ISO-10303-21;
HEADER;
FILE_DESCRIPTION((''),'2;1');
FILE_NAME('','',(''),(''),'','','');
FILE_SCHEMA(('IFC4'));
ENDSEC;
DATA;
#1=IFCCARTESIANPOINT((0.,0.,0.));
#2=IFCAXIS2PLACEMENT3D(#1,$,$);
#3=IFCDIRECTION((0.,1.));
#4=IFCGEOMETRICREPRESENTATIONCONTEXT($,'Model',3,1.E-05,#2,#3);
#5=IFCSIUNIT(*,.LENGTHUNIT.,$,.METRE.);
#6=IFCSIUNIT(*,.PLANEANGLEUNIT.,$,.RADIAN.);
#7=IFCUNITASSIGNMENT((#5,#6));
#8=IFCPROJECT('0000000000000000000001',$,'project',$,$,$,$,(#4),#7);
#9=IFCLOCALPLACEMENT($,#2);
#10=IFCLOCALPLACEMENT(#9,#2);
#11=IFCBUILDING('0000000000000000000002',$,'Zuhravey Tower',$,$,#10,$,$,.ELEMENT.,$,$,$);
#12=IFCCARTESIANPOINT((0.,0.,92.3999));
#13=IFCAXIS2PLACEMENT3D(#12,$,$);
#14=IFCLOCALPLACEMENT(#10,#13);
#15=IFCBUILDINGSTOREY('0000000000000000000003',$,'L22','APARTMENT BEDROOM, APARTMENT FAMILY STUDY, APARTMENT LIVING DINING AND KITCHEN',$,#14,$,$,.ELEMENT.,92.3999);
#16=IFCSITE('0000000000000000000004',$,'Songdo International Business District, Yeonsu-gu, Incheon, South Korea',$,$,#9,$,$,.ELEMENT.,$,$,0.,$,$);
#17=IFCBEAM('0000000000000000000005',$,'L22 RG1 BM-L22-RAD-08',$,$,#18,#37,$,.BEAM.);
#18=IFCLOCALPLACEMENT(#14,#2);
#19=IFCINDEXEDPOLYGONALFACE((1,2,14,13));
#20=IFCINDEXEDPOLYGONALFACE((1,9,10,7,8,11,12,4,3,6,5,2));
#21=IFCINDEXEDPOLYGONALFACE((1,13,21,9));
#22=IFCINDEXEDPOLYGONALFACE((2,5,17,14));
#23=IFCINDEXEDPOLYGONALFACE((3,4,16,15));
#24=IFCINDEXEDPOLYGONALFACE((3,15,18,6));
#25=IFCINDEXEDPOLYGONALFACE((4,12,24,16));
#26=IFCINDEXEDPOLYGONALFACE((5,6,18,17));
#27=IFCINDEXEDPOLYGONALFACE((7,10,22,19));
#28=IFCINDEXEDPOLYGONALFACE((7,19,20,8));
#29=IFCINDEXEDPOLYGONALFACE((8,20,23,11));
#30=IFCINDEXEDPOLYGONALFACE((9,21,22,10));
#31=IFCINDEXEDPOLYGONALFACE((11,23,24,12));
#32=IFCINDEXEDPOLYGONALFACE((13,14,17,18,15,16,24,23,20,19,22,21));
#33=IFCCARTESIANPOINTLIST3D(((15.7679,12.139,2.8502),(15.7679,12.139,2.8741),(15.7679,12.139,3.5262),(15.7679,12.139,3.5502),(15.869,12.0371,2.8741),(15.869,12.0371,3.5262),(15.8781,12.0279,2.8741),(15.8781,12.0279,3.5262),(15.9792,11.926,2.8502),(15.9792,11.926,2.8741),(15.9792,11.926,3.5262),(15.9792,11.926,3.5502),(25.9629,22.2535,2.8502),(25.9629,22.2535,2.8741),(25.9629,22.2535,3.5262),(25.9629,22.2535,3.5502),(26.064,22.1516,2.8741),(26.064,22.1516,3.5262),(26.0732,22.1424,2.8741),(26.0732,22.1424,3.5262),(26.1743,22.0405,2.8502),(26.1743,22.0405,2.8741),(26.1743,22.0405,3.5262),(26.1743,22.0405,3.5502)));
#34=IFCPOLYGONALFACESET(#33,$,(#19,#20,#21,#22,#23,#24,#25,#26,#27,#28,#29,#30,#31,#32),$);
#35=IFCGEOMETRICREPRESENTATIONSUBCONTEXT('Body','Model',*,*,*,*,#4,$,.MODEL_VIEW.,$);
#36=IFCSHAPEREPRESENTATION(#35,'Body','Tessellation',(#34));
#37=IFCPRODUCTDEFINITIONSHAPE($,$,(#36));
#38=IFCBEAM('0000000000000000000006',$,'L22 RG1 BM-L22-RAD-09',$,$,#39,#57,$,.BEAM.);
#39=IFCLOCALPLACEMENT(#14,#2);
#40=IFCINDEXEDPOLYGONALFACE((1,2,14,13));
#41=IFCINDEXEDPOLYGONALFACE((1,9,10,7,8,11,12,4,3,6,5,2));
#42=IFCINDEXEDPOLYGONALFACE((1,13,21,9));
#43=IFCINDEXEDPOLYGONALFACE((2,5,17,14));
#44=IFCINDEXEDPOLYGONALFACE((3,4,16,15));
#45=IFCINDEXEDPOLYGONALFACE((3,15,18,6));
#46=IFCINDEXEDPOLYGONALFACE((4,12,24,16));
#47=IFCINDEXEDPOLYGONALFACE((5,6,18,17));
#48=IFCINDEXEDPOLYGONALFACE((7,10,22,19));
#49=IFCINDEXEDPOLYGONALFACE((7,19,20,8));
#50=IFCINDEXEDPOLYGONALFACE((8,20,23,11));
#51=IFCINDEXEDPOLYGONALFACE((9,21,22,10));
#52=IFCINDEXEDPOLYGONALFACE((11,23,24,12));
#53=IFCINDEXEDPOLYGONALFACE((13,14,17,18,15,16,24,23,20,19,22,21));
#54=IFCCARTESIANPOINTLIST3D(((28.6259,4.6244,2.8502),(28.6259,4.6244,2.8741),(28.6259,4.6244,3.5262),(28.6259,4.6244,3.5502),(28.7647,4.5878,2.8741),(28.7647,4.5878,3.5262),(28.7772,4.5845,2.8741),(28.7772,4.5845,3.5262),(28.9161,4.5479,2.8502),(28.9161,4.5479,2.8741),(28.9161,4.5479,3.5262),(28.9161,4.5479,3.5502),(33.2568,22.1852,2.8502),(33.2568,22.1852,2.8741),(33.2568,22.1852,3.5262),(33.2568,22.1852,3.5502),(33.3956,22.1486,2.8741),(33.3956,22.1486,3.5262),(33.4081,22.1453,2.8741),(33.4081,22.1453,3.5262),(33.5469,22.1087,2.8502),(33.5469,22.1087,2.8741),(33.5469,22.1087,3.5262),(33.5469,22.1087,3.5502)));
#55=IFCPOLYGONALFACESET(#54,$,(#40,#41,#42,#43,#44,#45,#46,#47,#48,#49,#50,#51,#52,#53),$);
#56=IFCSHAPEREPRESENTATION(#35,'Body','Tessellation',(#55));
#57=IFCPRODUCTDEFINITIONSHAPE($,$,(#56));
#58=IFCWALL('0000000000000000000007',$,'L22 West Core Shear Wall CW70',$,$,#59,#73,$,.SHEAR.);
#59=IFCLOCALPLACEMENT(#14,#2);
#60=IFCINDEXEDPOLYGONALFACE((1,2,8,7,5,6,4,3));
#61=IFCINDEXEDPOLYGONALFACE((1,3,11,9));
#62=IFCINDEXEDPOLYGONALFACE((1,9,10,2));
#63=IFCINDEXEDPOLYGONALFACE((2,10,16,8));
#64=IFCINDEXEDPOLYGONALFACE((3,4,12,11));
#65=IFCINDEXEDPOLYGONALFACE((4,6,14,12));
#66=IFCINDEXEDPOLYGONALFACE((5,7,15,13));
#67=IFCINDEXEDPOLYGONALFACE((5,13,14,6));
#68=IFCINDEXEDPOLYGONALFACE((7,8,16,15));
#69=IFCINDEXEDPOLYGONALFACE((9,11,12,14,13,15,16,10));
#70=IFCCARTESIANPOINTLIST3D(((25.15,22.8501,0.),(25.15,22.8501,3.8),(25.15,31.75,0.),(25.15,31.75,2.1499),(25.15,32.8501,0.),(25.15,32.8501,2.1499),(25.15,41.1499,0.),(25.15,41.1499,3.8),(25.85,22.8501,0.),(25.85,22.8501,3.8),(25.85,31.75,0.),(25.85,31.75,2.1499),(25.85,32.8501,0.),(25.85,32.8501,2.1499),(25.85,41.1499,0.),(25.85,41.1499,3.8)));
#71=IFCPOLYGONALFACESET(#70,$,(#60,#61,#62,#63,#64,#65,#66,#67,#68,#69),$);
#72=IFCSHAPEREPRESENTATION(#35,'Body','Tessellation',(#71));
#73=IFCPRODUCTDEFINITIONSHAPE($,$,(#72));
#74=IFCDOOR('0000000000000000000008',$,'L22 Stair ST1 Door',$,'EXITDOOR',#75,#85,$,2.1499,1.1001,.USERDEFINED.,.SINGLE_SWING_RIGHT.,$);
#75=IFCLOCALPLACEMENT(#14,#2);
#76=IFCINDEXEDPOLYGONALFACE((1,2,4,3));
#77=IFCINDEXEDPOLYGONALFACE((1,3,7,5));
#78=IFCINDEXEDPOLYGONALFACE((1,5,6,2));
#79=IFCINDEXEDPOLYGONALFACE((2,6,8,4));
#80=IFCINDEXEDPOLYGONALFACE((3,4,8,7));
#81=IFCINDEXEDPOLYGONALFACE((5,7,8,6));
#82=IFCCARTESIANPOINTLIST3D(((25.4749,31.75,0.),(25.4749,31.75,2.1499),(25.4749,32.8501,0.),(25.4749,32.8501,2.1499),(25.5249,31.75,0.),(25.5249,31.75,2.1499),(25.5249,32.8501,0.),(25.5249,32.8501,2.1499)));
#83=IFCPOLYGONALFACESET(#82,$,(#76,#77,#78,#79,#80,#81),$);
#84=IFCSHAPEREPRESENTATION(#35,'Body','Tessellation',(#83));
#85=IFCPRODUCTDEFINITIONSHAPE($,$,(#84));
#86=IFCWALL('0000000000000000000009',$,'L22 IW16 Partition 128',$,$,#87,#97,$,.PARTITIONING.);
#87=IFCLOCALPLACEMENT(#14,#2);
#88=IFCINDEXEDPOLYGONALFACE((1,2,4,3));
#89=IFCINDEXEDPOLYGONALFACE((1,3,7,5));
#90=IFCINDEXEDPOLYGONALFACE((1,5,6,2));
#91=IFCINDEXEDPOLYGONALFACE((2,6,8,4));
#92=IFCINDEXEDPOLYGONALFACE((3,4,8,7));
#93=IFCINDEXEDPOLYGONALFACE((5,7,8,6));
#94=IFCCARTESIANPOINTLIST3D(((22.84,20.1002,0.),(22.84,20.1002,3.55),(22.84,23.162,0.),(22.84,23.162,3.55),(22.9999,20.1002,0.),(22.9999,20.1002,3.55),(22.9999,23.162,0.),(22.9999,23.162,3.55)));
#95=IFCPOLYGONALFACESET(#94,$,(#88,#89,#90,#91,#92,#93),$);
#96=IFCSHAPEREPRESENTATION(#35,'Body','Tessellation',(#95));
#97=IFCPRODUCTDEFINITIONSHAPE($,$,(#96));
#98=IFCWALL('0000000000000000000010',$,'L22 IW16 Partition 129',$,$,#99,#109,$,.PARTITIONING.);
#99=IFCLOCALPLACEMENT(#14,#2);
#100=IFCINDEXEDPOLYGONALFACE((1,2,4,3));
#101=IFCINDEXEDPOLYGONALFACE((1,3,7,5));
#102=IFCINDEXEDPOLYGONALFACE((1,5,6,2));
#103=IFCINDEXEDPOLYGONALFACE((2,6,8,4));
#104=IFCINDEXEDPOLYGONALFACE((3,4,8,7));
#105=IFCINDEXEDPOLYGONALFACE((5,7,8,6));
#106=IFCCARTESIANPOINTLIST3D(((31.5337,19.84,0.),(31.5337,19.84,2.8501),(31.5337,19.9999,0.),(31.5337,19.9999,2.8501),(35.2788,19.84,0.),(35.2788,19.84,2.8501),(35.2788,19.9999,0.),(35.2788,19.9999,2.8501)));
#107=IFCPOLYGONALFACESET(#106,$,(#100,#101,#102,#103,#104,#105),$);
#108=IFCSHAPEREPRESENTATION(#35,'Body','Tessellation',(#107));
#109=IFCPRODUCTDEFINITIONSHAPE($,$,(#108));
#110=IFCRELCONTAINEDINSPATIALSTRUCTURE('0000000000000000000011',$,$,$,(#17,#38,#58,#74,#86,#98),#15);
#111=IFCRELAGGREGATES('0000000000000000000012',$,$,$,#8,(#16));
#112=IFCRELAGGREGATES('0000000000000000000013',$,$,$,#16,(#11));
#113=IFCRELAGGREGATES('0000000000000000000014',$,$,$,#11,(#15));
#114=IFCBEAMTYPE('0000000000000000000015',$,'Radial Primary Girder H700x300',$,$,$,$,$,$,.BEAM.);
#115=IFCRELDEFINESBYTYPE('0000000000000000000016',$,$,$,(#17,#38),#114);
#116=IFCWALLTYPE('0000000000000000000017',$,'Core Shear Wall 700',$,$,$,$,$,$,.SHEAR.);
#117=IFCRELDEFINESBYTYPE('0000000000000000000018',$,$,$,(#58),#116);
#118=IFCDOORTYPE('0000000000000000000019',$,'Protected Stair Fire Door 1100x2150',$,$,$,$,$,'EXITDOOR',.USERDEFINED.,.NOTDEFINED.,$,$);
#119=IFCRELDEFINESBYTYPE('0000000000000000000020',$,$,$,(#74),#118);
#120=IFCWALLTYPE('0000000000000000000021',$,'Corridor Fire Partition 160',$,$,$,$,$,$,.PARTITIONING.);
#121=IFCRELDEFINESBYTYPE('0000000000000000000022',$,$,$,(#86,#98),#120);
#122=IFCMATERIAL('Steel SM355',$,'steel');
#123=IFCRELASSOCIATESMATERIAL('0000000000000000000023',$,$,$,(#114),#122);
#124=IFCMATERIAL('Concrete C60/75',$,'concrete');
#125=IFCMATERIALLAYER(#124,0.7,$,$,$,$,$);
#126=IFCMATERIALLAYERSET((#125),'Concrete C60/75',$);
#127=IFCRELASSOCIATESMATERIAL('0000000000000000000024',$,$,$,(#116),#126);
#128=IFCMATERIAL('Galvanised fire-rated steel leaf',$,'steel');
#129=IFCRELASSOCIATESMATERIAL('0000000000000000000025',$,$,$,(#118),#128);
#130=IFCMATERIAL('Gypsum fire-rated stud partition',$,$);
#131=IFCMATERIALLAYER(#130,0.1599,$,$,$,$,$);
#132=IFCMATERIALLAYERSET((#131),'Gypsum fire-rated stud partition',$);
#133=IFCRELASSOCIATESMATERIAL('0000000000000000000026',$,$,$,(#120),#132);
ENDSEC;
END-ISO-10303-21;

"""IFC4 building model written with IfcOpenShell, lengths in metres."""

from ifc_helpers import new_model, si_unit, direction, frame, frame_2d, origin, origin_2d, place, context, subcontext, project, spatial, rectangle, i_section, extrude, material, layer, layer_set, material_profile, profile_set, type_object, element, fill, save


model = new_model("IFC4")

# Units and contexts
model_context = context("Model", 3, precision=1e-05, world=origin(), true_north=direction((0.0, 1.0)))
body_context = subcontext(model_context, "Body", "Model", "MODEL_VIEW")
ifc_project = project(units=[si_unit("LENGTHUNIT", "METRE"), si_unit("PLANEANGLEUNIT", "RADIAN")], contexts=[model_context])

# Site, building, storey
site_placement = place(None, origin())
site = spatial("IfcSite", under=ifc_project, at=site_placement, Name="Songdo International Business District, Yeonsu-gu, Incheon, South Korea", CompositionType="ELEMENT", RefElevation=0.0)
building_placement = place(site_placement, origin())
building = spatial("IfcBuilding", under=site, at=building_placement, Name="Zuhravey Tower", CompositionType="ELEMENT")
storey_placement = place(building_placement, frame((0.0, 0.0, 92.3999)))
storey = spatial("IfcBuildingStorey", under=building, at=storey_placement, Name="L22", Description="APARTMENT BEDROOM, APARTMENT FAMILY STUDY, APARTMENT LIVING DINING AND KITCHEN", CompositionType="ELEMENT", Elevation=92.3999)

# Beams
ifc_material_1 = material(Name="Steel SM355", Category="steel")
ifc_material_profile = material_profile(ifc_material_1, i_section(OverallWidth=0.3, OverallDepth=0.7, WebThickness=0.0129, FlangeThickness=0.0239, at=origin_2d()), Name="H-700x300x13x24")
ifc_profile_set = profile_set([ifc_material_profile], Name="Steel SM355")
beam_type = type_object("IfcBeamType", Name="Radial Primary Girder H700x300", PredefinedType="BEAM", material=ifc_profile_set)
beam_1_placement = place(storey_placement, frame((26.0686, 22.147, 3.2002), z_axis=(-0.709906, -0.704296, 0.0), x_axis=(0.704296, -0.709906, 0.0)))
element("IfcBeam", 1, at=beam_1_placement, inside=storey, type_object=beam_type, Name="L22 RG1 BM-L22-RAD-08", PredefinedType="BEAM", context=body_context, shape_type="SweptSolid", body=[
    extrude(i_section(OverallWidth=0.3, OverallDepth=0.7, WebThickness=0.0129, FlangeThickness=0.0239, at=origin_2d()), origin(), (0.0, 0.0, 1.0), 14.3611),
])
beam_2_placement = place(storey_placement, frame((33.4019, 22.147, 3.2002), z_axis=(-0.254988, -0.966944, 0.0), x_axis=(0.966944, -0.254988, 0.0)))
element("IfcBeam", 2, at=beam_2_placement, inside=storey, type_object=beam_type, Name="L22 RG1 BM-L22-RAD-09", PredefinedType="BEAM", context=body_context, shape_type="SweptSolid", body=[
    extrude(i_section(OverallWidth=0.3, OverallDepth=0.7, WebThickness=0.0129, FlangeThickness=0.0239, at=origin_2d()), origin(), (0.0, 0.0, 1.0), 18.1611),
])

# Wall, opening, door
ifc_material_2 = material(Name="Concrete C60/75", Category="concrete")
ifc_layer_1 = layer(ifc_material_2, 0.7)
ifc_layer_set_1 = layer_set([ifc_layer_1], Name="Concrete C60/75")
wall_type_1 = type_object("IfcWallType", Name="Core Shear Wall 700", PredefinedType="SHEAR", material=ifc_layer_set_1)
ifc_material_3 = material(Name="Galvanised fire-rated steel leaf", Category="steel")
wall_1_placement = place(storey_placement, frame((25.5, 22.8501, 0.0), z_axis=(0.0, 0.0, 1.0), x_axis=(0.0, 1.0, 0.0)))
wall_1 = element("IfcWall", 3, at=wall_1_placement, inside=storey, type_object=wall_type_1, Name="L22 West Core Shear Wall CW70", PredefinedType="SHEAR", context=body_context, shape_type="SweptSolid", body=[
    extrude(rectangle(XDim=18.2998, YDim=0.7, at=frame_2d((9.1499, 0.0))), origin(), (0.0, 0.0, 1.0), 3.8),
])
opening_1_placement = place(wall_1_placement, frame((8.8999, 0.0, 0.0)))
opening_1 = element("IfcOpeningElement", 4, at=opening_1_placement, cuts=wall_1, PredefinedType="OPENING", context=body_context, shape_type="SweptSolid", body=[
    extrude(rectangle(XDim=1.1001, YDim=2.1499, at=frame_2d((0.55, 1.075))), frame((0.0, 0.3621, 0.0), z_axis=(0.0, -1.0, 0.0), x_axis=(1.0, 0.0, 0.0)), (0.0, 0.0, 1.0), 0.7239),
])
door_type_1 = type_object("IfcDoorType", Name="Protected Stair Fire Door 1100x2150", ElementType="EXITDOOR", OperationType="NOTDEFINED", PredefinedType="USERDEFINED", material=ifc_material_3)
door_1_placement = place(opening_1_placement, frame((1.1001, 0.0, 0.0), z_axis=(0.0, 0.0, 1.0), x_axis=(-1.0, 0.0, 0.0)))
door_1 = element("IfcDoor", 5, at=door_1_placement, inside=storey, type_object=door_type_1, Name="L22 Stair ST1 Door", ObjectType="EXITDOOR", OperationType="SINGLE_SWING_RIGHT", OverallHeight=2.1499, OverallWidth=1.1001, PredefinedType="USERDEFINED", context=body_context, shape_type="SweptSolid", body=[
    extrude(rectangle(XDim=1.1001, YDim=2.1499, at=frame_2d((0.55, 1.075))), frame((0.0, 0.0249, 0.0), z_axis=(0.0, -1.0, 0.0), x_axis=(1.0, 0.0, 0.0)), (0.0, 0.0, 1.0), 0.05),
])
fill(opening_1, door_1)
ifc_material_4 = material(Name="Gypsum fire-rated stud partition")
ifc_layer_2 = layer(ifc_material_4, 0.1599)
ifc_layer_set_2 = layer_set([ifc_layer_2], Name="Gypsum fire-rated stud partition")
wall_type_2 = type_object("IfcWallType", Name="Corridor Fire Partition 160", PredefinedType="PARTITIONING", material=ifc_layer_set_2)

# Walls
wall_2_placement = place(storey_placement, frame((22.9199, 23.1619, 0.0), z_axis=(0.0, 0.0, 1.0), x_axis=(0.0, -1.0, 0.0)))
element("IfcWall", 6, at=wall_2_placement, inside=storey, type_object=wall_type_2, Name="L22 IW16 Partition 128", PredefinedType="PARTITIONING", context=body_context, shape_type="SweptSolid", body=[
    extrude(rectangle(XDim=3.0618, YDim=0.1599, at=frame_2d((1.5308, 0.0))), origin(), (0.0, 0.0, 1.0), 3.55),
])
wall_3_placement = place(storey_placement, frame((31.5337, 19.9199, 0.0), z_axis=(0.0, 0.0, 1.0), x_axis=(1.0, 0.0, 0.0)))
element("IfcWall", 7, at=wall_3_placement, inside=storey, type_object=wall_type_2, Name="L22 IW16 Partition 129", PredefinedType="PARTITIONING", context=body_context, shape_type="SweptSolid", body=[
    extrude(rectangle(XDim=3.7451, YDim=0.1599, at=frame_2d((1.8726, 0.0))), origin(), (0.0, 0.0, 1.0), 2.8501),
])

save(model, "model.ifc")
